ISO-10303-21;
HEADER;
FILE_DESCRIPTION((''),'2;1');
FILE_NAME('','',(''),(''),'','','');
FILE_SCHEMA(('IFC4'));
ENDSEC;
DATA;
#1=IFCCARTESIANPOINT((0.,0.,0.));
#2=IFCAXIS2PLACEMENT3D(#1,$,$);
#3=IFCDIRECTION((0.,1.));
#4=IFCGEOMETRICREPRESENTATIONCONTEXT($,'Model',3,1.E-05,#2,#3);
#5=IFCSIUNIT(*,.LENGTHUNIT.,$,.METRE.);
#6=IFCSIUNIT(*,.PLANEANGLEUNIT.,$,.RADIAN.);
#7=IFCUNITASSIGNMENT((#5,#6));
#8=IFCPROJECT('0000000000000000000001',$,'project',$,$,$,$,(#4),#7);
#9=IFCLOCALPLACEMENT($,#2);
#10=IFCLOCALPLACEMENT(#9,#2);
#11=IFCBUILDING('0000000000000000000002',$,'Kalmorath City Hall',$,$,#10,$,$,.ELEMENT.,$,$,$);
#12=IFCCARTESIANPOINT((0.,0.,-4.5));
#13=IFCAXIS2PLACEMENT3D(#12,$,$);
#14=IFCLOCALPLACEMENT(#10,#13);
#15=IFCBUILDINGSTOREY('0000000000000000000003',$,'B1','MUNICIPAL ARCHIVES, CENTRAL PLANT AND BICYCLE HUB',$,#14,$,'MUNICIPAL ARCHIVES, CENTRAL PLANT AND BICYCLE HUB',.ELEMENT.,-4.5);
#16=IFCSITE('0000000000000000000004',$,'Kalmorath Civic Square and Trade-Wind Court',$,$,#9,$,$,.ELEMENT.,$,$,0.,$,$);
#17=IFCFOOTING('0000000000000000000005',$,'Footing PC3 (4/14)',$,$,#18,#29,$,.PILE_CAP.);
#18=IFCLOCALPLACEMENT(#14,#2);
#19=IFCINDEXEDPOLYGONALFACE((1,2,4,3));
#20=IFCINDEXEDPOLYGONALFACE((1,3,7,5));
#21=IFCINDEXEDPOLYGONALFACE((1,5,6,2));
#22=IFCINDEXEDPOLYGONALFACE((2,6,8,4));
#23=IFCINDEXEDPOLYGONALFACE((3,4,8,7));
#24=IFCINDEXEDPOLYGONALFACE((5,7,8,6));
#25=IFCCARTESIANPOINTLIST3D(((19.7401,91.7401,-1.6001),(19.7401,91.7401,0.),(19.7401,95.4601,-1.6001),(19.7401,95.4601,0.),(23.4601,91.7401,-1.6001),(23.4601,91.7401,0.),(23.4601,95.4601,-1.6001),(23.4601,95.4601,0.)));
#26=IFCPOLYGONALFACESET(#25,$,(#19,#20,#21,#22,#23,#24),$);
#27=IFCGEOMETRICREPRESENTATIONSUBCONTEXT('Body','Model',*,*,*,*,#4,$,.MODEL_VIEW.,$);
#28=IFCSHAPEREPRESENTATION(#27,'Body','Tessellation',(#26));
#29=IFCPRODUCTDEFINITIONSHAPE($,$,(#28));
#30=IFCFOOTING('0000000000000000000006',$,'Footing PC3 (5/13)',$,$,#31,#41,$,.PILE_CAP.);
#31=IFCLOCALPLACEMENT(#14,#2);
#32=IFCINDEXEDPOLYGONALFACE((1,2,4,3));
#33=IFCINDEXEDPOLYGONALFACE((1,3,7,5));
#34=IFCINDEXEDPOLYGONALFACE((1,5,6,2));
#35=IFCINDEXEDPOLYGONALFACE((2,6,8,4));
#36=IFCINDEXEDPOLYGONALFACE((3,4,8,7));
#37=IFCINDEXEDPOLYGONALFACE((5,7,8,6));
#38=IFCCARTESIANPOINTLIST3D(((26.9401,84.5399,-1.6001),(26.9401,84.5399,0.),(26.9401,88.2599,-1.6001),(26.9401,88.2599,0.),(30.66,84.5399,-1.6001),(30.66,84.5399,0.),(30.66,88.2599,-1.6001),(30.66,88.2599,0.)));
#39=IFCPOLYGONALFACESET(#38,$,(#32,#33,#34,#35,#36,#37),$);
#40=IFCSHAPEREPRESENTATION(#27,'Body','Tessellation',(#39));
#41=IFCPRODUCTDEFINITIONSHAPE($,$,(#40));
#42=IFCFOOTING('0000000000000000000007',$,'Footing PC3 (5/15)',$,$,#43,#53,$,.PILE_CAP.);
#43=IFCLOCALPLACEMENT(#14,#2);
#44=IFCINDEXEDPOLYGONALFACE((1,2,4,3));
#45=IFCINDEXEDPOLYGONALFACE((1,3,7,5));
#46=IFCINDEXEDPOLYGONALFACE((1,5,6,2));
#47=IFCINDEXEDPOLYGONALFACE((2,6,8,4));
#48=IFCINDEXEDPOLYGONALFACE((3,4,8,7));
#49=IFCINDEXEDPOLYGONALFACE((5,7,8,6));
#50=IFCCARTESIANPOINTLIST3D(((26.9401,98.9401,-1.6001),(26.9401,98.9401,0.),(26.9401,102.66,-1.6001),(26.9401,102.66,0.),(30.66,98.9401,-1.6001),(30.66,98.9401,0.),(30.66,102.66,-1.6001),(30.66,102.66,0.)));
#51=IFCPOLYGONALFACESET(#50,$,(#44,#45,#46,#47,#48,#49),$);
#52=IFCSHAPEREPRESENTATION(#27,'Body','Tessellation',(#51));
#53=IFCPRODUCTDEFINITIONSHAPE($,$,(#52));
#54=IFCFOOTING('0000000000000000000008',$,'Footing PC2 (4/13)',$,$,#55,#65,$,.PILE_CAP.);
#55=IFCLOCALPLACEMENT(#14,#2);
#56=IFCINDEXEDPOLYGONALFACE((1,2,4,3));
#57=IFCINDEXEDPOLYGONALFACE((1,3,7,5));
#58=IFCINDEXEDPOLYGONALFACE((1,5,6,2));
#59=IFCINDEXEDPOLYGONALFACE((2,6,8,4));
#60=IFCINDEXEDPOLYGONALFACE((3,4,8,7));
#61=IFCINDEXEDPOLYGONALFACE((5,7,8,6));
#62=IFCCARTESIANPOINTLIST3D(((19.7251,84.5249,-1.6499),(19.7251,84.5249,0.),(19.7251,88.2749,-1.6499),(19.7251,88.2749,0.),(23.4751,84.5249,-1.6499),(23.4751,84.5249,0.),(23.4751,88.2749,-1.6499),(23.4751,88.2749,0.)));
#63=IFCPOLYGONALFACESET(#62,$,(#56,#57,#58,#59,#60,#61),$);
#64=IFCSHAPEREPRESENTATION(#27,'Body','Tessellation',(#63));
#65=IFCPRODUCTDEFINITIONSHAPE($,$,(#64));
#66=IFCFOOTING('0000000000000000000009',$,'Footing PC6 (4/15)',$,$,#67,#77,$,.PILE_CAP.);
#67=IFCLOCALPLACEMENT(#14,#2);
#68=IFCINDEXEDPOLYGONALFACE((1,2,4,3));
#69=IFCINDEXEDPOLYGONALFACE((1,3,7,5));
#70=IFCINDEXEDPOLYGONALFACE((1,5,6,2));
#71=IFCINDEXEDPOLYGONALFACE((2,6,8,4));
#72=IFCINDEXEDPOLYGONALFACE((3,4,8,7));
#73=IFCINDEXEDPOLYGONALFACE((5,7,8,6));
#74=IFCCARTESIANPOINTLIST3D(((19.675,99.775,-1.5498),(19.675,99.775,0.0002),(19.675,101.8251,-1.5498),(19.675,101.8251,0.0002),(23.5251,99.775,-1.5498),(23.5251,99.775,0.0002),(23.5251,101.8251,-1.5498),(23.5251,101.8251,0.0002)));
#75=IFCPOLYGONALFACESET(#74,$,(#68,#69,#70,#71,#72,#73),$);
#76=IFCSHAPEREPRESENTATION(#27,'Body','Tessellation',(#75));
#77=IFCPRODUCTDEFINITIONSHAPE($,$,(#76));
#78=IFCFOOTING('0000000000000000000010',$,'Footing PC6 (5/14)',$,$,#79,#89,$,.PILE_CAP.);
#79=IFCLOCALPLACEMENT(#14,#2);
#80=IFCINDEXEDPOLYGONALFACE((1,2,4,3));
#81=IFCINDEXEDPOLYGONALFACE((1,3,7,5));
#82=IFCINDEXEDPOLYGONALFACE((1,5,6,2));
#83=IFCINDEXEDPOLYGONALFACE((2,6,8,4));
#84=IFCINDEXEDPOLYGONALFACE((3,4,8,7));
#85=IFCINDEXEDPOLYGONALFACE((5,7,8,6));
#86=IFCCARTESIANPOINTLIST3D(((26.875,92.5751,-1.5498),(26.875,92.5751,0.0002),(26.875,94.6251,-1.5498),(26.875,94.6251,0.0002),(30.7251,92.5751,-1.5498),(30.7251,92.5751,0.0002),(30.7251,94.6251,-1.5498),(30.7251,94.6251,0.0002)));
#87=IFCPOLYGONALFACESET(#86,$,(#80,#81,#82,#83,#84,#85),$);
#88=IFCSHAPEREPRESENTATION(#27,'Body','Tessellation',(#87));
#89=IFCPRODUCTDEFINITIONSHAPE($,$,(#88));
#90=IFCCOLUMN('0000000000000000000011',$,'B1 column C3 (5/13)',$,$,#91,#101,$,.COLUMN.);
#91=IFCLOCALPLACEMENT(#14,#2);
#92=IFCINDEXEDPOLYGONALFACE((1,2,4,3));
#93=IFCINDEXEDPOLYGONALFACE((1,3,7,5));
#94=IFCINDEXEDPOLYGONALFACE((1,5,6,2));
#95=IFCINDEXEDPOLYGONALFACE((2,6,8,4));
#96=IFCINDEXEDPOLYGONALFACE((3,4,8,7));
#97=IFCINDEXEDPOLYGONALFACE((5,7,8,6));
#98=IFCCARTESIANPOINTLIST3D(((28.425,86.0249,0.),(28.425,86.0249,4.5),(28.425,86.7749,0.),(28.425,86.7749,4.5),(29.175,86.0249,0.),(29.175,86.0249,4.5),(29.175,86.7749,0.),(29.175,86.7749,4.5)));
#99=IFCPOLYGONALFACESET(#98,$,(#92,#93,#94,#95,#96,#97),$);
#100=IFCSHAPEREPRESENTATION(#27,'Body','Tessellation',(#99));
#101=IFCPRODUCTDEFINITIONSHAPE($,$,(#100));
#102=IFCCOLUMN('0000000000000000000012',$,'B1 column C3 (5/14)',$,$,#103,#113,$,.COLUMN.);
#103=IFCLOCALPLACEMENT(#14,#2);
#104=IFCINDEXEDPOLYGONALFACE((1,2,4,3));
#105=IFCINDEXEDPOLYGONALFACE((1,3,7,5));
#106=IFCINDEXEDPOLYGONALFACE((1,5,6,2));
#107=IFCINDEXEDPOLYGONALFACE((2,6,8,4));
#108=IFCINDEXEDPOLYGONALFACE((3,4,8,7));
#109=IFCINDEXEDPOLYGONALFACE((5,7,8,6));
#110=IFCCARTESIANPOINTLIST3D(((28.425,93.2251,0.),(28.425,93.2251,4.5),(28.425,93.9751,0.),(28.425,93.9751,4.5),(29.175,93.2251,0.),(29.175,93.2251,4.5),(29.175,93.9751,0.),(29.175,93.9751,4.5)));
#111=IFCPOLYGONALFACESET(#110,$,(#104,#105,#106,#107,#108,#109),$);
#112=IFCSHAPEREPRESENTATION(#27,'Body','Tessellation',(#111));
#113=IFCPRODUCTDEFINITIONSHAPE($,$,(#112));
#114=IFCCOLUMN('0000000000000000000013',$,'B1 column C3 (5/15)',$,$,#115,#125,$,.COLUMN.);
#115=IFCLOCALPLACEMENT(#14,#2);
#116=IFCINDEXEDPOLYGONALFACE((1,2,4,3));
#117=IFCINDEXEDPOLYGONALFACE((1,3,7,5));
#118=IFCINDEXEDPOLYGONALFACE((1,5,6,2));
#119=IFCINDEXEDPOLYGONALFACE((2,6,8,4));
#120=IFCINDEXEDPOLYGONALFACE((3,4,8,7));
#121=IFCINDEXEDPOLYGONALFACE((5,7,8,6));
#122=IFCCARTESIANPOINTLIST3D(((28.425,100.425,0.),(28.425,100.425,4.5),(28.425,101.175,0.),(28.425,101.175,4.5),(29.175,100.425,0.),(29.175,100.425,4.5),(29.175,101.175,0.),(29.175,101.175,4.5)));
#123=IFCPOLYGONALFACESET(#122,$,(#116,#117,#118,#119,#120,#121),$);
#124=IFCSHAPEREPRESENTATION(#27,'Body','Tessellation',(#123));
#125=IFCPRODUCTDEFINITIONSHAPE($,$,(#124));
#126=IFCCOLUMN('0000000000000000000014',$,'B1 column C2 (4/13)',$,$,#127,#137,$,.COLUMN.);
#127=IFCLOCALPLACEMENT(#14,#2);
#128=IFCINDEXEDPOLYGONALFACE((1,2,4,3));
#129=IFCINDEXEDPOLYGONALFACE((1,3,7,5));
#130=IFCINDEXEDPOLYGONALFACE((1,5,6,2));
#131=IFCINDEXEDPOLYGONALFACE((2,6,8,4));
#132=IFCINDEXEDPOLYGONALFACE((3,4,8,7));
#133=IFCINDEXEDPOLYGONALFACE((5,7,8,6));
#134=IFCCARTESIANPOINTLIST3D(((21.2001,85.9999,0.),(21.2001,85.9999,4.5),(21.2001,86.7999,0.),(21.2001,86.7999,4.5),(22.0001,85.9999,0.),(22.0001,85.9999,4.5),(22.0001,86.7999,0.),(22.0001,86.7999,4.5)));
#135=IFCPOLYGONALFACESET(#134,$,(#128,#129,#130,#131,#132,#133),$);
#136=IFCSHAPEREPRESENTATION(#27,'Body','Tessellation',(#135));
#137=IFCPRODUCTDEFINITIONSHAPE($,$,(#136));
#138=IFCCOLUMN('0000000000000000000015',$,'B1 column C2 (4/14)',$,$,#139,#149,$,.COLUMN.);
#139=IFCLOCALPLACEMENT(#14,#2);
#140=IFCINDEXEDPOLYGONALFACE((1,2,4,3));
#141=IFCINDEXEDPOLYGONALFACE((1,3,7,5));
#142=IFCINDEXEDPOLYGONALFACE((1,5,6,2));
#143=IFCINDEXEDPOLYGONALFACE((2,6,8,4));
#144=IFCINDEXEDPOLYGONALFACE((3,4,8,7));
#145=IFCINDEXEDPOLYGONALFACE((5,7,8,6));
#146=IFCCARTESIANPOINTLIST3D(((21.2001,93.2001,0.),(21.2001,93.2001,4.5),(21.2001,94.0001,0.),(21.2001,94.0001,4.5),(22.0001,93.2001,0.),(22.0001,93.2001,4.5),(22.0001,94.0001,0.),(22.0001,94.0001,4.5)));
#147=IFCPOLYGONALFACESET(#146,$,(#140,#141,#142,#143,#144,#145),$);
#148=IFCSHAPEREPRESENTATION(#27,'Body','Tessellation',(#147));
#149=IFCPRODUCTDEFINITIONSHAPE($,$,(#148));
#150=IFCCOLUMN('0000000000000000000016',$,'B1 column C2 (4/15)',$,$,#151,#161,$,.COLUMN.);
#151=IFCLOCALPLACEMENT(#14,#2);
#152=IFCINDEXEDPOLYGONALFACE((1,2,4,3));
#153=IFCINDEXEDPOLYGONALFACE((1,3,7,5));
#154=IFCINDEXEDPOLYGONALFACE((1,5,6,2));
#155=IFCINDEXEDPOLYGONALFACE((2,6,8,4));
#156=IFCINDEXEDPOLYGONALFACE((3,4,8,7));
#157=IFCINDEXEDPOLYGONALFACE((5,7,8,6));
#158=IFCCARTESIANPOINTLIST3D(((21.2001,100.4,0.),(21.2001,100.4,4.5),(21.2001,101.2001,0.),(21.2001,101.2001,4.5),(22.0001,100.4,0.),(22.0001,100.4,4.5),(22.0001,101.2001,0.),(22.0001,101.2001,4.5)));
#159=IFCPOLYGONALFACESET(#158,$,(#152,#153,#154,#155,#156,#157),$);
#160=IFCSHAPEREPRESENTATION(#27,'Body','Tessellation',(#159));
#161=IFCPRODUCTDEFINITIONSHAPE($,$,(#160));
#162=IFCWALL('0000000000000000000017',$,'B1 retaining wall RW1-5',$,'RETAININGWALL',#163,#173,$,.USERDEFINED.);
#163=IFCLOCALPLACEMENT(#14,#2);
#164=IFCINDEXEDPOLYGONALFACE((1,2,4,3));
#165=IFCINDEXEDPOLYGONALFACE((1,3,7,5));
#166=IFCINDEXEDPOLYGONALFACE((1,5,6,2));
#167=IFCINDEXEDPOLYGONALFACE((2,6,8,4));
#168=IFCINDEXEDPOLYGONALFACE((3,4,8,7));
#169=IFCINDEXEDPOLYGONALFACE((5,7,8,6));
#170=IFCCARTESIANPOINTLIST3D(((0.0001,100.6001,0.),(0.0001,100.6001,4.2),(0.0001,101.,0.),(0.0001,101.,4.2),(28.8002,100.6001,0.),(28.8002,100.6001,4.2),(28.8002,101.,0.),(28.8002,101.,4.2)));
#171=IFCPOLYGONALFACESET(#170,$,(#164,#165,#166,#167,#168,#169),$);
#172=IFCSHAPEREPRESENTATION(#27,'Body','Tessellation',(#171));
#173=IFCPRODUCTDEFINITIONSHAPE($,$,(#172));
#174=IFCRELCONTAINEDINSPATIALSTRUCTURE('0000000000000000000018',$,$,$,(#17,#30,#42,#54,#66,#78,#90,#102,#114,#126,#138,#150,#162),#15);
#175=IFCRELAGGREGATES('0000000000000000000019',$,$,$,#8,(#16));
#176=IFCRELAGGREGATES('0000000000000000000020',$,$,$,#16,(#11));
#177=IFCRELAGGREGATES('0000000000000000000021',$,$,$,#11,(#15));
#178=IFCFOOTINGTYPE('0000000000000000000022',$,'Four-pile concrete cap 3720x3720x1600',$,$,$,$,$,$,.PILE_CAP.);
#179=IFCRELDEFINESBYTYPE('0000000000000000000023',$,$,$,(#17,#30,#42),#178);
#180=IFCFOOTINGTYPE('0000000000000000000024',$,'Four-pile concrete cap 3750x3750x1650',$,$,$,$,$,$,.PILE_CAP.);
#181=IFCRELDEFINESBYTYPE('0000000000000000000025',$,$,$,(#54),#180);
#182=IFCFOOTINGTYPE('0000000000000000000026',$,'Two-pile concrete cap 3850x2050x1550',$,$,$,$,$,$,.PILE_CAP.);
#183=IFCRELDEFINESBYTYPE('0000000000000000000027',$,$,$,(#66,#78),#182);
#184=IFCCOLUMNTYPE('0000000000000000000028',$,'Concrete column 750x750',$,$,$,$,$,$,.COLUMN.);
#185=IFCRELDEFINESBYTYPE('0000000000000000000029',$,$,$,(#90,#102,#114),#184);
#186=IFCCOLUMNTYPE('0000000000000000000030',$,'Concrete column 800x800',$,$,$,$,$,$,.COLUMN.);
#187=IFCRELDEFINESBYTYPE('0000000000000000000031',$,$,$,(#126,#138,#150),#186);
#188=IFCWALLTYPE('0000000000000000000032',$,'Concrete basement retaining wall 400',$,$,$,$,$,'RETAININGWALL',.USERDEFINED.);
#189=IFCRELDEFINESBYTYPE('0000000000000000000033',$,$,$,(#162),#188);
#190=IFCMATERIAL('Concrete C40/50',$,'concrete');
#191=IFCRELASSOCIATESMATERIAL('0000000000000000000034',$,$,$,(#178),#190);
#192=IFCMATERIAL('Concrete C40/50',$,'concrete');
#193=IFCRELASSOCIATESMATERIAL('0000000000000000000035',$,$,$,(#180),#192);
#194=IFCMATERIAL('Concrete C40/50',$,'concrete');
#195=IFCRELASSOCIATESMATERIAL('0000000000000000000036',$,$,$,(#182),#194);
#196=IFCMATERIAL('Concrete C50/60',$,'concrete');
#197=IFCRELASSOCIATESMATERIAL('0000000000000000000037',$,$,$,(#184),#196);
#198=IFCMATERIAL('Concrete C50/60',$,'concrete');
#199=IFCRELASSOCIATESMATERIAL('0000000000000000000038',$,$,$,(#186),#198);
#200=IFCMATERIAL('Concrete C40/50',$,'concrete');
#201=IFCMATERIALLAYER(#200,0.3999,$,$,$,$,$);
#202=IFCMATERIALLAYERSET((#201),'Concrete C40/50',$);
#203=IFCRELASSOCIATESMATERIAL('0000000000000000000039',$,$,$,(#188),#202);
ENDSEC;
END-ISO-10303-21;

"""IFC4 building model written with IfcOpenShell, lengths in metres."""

from ifc_helpers import new_model, si_unit, direction, frame, frame_2d, origin, origin_2d, place, context, subcontext, project, spatial, rectangle, extrude, material, layer, layer_set, material_profile, profile_set, type_object, element, save


model = new_model("IFC4")

# Units and contexts
model_context = context("Model", 3, precision=1e-05, world=origin(), true_north=direction((0.0, 1.0)))
body_context = subcontext(model_context, "Body", "Model", "MODEL_VIEW")
ifc_project = project(units=[si_unit("LENGTHUNIT", "METRE"), si_unit("PLANEANGLEUNIT", "RADIAN")], contexts=[model_context])

# Site, building, storey
site_placement = place(None, origin())
site = spatial("IfcSite", under=ifc_project, at=site_placement, Name="Kalmorath Civic Square and Trade-Wind Court", CompositionType="ELEMENT", RefElevation=0.0)
building_placement = place(site_placement, origin())
building = spatial("IfcBuilding", under=site, at=building_placement, Name="Kalmorath City Hall", CompositionType="ELEMENT")
storey_placement = place(building_placement, frame((0.0, 0.0, -4.5)))
storey = spatial("IfcBuildingStorey", under=building, at=storey_placement, Name="B1", Description="MUNICIPAL ARCHIVES, CENTRAL PLANT AND BICYCLE HUB", LongName="MUNICIPAL ARCHIVES, CENTRAL PLANT AND BICYCLE HUB", CompositionType="ELEMENT", Elevation=-4.5)

# Footings
ifc_material_1 = material(Name="Concrete C40/50", Category="concrete")
footing_type_1 = type_object("IfcFootingType", Name="Four-pile concrete cap 3720x3720x1600", PredefinedType="PILE_CAP", material=ifc_material_1)
for number, where, z_axis, x_axis, name in (
    (1, (21.6001, 93.6001, -1.6001), (0.0, 0.0, 1.0), (1.0, 0.0, 0.0), "Footing PC3 (4/14)"),
    (2, (28.8, 86.3999, -1.6001), (0.0, 0.0, 1.0), (1.0, 0.0, 0.0), "Footing PC3 (5/13)"),
    (3, (28.8, 100.8, -1.6001), (0.0, 0.0, 1.0), (1.0, 0.0, 0.0), "Footing PC3 (5/15)"),
):
    element("IfcFooting", number, at=place(storey_placement, frame(where, z_axis=z_axis, x_axis=x_axis)), inside=storey, type_object=footing_type_1, Name=name, PredefinedType="PILE_CAP", context=body_context, shape_type="SweptSolid", body=[
        extrude(rectangle(XDim=3.72, YDim=3.72, at=origin_2d()), origin(), (0.0, 0.0, 1.0), 1.6001),
    ])
ifc_material_2 = material(Name="Concrete C40/50", Category="concrete")
footing_type_2 = type_object("IfcFootingType", Name="Four-pile concrete cap 3750x3750x1650", PredefinedType="PILE_CAP", material=ifc_material_2)
footing_1_placement = place(storey_placement, frame((21.6001, 86.3999, -1.6499), z_axis=(0.0, 0.0, 1.0), x_axis=(1.0, 0.0, 0.0)))
element("IfcFooting", 4, at=footing_1_placement, inside=storey, type_object=footing_type_2, Name="Footing PC2 (4/13)", PredefinedType="PILE_CAP", context=body_context, shape_type="SweptSolid", body=[
    extrude(rectangle(XDim=3.75, YDim=3.75, at=origin_2d()), origin(), (0.0, 0.0, 1.0), 1.6499),
])
ifc_material_3 = material(Name="Concrete C40/50", Category="concrete")
footing_type_3 = type_object("IfcFootingType", Name="Two-pile concrete cap 3850x2050x1550", PredefinedType="PILE_CAP", material=ifc_material_3)
for number, where, z_axis, x_axis, name in (
    (5, (21.6001, 100.8, -1.5498), (0.0, 0.0, 1.0), (1.0, 0.0, 0.0), "Footing PC6 (4/15)"),
    (6, (28.8, 93.6001, -1.5498), (0.0, 0.0, 1.0), (1.0, 0.0, 0.0), "Footing PC6 (5/14)"),
):
    element("IfcFooting", number, at=place(storey_placement, frame(where, z_axis=z_axis, x_axis=x_axis)), inside=storey, type_object=footing_type_3, Name=name, PredefinedType="PILE_CAP", context=body_context, shape_type="SweptSolid", body=[
        extrude(rectangle(XDim=3.8501, YDim=2.05, at=origin_2d()), origin(), (0.0, 0.0, 1.0), 1.55),
    ])

# Columns
ifc_material_4 = material(Name="Concrete C50/60", Category="concrete")
ifc_material_profile_1 = material_profile(ifc_material_4, rectangle(XDim=0.75, YDim=0.75, at=origin_2d()), Name="RC-COL-750X750")
ifc_profile_set_1 = profile_set([ifc_material_profile_1], Name="Concrete C50/60")
column_type_1 = type_object("IfcColumnType", Name="Concrete column 750x750", PredefinedType="COLUMN", material=ifc_profile_set_1)
for number, where, z_axis, x_axis, name in (
    (7, (28.8, 86.3999, 0.0), (0.0, 0.0, 1.0), (1.0, 0.0, 0.0), "B1 column C3 (5/13)"),
    (8, (28.8, 93.6001, 0.0), (0.0, 0.0, 1.0), (1.0, 0.0, 0.0), "B1 column C3 (5/14)"),
    (9, (28.8, 100.8, 0.0), (0.0, 0.0, 1.0), (1.0, 0.0, 0.0), "B1 column C3 (5/15)"),
):
    element("IfcColumn", number, at=place(storey_placement, frame(where, z_axis=z_axis, x_axis=x_axis)), inside=storey, type_object=column_type_1, Name=name, PredefinedType="COLUMN", context=body_context, shape_type="SweptSolid", body=[
        extrude(rectangle(XDim=0.75, YDim=0.75, at=origin_2d()), origin(), (0.0, 0.0, 1.0), 4.5),
    ])
ifc_material_5 = material(Name="Concrete C50/60", Category="concrete")
ifc_material_profile_2 = material_profile(ifc_material_5, rectangle(XDim=0.8, YDim=0.8, at=origin_2d()), Name="RC-COL-800X800")
ifc_profile_set_2 = profile_set([ifc_material_profile_2], Name="Concrete C50/60")
column_type_2 = type_object("IfcColumnType", Name="Concrete column 800x800", PredefinedType="COLUMN", material=ifc_profile_set_2)
for number, where, z_axis, x_axis, name in (
    (10, (21.6001, 86.3999, 0.0), (0.0, 0.0, 1.0), (1.0, 0.0, 0.0), "B1 column C2 (4/13)"),
    (11, (21.6001, 93.6001, 0.0), (0.0, 0.0, 1.0), (1.0, 0.0, 0.0), "B1 column C2 (4/14)"),
    (12, (21.6001, 100.8, 0.0), (0.0, 0.0, 1.0), (1.0, 0.0, 0.0), "B1 column C2 (4/15)"),
):
    element("IfcColumn", number, at=place(storey_placement, frame(where, z_axis=z_axis, x_axis=x_axis)), inside=storey, type_object=column_type_2, Name=name, PredefinedType="COLUMN", context=body_context, shape_type="SweptSolid", body=[
        extrude(rectangle(XDim=0.8, YDim=0.8, at=origin_2d()), origin(), (0.0, 0.0, 1.0), 4.5),
    ])

# Wall
ifc_material_6 = material(Name="Concrete C40/50", Category="concrete")
ifc_layer = layer(ifc_material_6, 0.3999)
ifc_layer_set = layer_set([ifc_layer], Name="Concrete C40/50")
wall_type = type_object("IfcWallType", Name="Concrete basement retaining wall 400", ElementType="RETAININGWALL", PredefinedType="USERDEFINED", material=ifc_layer_set)
wall_placement = place(storey_placement, frame((28.8, 100.8, 0.0), z_axis=(0.0, 0.0, 1.0), x_axis=(-1.0, 0.0, 0.0)))
element("IfcWall", 13, at=wall_placement, inside=storey, type_object=wall_type, Name="B1 retaining wall RW1-5", ObjectType="RETAININGWALL", PredefinedType="USERDEFINED", context=body_context, shape_type="SweptSolid", body=[
    extrude(rectangle(XDim=28.8, YDim=0.3999, at=frame_2d((14.3999, 0.0))), origin(), (0.0, 0.0, 1.0), 4.2),
])

save(model, "model.ifc")
